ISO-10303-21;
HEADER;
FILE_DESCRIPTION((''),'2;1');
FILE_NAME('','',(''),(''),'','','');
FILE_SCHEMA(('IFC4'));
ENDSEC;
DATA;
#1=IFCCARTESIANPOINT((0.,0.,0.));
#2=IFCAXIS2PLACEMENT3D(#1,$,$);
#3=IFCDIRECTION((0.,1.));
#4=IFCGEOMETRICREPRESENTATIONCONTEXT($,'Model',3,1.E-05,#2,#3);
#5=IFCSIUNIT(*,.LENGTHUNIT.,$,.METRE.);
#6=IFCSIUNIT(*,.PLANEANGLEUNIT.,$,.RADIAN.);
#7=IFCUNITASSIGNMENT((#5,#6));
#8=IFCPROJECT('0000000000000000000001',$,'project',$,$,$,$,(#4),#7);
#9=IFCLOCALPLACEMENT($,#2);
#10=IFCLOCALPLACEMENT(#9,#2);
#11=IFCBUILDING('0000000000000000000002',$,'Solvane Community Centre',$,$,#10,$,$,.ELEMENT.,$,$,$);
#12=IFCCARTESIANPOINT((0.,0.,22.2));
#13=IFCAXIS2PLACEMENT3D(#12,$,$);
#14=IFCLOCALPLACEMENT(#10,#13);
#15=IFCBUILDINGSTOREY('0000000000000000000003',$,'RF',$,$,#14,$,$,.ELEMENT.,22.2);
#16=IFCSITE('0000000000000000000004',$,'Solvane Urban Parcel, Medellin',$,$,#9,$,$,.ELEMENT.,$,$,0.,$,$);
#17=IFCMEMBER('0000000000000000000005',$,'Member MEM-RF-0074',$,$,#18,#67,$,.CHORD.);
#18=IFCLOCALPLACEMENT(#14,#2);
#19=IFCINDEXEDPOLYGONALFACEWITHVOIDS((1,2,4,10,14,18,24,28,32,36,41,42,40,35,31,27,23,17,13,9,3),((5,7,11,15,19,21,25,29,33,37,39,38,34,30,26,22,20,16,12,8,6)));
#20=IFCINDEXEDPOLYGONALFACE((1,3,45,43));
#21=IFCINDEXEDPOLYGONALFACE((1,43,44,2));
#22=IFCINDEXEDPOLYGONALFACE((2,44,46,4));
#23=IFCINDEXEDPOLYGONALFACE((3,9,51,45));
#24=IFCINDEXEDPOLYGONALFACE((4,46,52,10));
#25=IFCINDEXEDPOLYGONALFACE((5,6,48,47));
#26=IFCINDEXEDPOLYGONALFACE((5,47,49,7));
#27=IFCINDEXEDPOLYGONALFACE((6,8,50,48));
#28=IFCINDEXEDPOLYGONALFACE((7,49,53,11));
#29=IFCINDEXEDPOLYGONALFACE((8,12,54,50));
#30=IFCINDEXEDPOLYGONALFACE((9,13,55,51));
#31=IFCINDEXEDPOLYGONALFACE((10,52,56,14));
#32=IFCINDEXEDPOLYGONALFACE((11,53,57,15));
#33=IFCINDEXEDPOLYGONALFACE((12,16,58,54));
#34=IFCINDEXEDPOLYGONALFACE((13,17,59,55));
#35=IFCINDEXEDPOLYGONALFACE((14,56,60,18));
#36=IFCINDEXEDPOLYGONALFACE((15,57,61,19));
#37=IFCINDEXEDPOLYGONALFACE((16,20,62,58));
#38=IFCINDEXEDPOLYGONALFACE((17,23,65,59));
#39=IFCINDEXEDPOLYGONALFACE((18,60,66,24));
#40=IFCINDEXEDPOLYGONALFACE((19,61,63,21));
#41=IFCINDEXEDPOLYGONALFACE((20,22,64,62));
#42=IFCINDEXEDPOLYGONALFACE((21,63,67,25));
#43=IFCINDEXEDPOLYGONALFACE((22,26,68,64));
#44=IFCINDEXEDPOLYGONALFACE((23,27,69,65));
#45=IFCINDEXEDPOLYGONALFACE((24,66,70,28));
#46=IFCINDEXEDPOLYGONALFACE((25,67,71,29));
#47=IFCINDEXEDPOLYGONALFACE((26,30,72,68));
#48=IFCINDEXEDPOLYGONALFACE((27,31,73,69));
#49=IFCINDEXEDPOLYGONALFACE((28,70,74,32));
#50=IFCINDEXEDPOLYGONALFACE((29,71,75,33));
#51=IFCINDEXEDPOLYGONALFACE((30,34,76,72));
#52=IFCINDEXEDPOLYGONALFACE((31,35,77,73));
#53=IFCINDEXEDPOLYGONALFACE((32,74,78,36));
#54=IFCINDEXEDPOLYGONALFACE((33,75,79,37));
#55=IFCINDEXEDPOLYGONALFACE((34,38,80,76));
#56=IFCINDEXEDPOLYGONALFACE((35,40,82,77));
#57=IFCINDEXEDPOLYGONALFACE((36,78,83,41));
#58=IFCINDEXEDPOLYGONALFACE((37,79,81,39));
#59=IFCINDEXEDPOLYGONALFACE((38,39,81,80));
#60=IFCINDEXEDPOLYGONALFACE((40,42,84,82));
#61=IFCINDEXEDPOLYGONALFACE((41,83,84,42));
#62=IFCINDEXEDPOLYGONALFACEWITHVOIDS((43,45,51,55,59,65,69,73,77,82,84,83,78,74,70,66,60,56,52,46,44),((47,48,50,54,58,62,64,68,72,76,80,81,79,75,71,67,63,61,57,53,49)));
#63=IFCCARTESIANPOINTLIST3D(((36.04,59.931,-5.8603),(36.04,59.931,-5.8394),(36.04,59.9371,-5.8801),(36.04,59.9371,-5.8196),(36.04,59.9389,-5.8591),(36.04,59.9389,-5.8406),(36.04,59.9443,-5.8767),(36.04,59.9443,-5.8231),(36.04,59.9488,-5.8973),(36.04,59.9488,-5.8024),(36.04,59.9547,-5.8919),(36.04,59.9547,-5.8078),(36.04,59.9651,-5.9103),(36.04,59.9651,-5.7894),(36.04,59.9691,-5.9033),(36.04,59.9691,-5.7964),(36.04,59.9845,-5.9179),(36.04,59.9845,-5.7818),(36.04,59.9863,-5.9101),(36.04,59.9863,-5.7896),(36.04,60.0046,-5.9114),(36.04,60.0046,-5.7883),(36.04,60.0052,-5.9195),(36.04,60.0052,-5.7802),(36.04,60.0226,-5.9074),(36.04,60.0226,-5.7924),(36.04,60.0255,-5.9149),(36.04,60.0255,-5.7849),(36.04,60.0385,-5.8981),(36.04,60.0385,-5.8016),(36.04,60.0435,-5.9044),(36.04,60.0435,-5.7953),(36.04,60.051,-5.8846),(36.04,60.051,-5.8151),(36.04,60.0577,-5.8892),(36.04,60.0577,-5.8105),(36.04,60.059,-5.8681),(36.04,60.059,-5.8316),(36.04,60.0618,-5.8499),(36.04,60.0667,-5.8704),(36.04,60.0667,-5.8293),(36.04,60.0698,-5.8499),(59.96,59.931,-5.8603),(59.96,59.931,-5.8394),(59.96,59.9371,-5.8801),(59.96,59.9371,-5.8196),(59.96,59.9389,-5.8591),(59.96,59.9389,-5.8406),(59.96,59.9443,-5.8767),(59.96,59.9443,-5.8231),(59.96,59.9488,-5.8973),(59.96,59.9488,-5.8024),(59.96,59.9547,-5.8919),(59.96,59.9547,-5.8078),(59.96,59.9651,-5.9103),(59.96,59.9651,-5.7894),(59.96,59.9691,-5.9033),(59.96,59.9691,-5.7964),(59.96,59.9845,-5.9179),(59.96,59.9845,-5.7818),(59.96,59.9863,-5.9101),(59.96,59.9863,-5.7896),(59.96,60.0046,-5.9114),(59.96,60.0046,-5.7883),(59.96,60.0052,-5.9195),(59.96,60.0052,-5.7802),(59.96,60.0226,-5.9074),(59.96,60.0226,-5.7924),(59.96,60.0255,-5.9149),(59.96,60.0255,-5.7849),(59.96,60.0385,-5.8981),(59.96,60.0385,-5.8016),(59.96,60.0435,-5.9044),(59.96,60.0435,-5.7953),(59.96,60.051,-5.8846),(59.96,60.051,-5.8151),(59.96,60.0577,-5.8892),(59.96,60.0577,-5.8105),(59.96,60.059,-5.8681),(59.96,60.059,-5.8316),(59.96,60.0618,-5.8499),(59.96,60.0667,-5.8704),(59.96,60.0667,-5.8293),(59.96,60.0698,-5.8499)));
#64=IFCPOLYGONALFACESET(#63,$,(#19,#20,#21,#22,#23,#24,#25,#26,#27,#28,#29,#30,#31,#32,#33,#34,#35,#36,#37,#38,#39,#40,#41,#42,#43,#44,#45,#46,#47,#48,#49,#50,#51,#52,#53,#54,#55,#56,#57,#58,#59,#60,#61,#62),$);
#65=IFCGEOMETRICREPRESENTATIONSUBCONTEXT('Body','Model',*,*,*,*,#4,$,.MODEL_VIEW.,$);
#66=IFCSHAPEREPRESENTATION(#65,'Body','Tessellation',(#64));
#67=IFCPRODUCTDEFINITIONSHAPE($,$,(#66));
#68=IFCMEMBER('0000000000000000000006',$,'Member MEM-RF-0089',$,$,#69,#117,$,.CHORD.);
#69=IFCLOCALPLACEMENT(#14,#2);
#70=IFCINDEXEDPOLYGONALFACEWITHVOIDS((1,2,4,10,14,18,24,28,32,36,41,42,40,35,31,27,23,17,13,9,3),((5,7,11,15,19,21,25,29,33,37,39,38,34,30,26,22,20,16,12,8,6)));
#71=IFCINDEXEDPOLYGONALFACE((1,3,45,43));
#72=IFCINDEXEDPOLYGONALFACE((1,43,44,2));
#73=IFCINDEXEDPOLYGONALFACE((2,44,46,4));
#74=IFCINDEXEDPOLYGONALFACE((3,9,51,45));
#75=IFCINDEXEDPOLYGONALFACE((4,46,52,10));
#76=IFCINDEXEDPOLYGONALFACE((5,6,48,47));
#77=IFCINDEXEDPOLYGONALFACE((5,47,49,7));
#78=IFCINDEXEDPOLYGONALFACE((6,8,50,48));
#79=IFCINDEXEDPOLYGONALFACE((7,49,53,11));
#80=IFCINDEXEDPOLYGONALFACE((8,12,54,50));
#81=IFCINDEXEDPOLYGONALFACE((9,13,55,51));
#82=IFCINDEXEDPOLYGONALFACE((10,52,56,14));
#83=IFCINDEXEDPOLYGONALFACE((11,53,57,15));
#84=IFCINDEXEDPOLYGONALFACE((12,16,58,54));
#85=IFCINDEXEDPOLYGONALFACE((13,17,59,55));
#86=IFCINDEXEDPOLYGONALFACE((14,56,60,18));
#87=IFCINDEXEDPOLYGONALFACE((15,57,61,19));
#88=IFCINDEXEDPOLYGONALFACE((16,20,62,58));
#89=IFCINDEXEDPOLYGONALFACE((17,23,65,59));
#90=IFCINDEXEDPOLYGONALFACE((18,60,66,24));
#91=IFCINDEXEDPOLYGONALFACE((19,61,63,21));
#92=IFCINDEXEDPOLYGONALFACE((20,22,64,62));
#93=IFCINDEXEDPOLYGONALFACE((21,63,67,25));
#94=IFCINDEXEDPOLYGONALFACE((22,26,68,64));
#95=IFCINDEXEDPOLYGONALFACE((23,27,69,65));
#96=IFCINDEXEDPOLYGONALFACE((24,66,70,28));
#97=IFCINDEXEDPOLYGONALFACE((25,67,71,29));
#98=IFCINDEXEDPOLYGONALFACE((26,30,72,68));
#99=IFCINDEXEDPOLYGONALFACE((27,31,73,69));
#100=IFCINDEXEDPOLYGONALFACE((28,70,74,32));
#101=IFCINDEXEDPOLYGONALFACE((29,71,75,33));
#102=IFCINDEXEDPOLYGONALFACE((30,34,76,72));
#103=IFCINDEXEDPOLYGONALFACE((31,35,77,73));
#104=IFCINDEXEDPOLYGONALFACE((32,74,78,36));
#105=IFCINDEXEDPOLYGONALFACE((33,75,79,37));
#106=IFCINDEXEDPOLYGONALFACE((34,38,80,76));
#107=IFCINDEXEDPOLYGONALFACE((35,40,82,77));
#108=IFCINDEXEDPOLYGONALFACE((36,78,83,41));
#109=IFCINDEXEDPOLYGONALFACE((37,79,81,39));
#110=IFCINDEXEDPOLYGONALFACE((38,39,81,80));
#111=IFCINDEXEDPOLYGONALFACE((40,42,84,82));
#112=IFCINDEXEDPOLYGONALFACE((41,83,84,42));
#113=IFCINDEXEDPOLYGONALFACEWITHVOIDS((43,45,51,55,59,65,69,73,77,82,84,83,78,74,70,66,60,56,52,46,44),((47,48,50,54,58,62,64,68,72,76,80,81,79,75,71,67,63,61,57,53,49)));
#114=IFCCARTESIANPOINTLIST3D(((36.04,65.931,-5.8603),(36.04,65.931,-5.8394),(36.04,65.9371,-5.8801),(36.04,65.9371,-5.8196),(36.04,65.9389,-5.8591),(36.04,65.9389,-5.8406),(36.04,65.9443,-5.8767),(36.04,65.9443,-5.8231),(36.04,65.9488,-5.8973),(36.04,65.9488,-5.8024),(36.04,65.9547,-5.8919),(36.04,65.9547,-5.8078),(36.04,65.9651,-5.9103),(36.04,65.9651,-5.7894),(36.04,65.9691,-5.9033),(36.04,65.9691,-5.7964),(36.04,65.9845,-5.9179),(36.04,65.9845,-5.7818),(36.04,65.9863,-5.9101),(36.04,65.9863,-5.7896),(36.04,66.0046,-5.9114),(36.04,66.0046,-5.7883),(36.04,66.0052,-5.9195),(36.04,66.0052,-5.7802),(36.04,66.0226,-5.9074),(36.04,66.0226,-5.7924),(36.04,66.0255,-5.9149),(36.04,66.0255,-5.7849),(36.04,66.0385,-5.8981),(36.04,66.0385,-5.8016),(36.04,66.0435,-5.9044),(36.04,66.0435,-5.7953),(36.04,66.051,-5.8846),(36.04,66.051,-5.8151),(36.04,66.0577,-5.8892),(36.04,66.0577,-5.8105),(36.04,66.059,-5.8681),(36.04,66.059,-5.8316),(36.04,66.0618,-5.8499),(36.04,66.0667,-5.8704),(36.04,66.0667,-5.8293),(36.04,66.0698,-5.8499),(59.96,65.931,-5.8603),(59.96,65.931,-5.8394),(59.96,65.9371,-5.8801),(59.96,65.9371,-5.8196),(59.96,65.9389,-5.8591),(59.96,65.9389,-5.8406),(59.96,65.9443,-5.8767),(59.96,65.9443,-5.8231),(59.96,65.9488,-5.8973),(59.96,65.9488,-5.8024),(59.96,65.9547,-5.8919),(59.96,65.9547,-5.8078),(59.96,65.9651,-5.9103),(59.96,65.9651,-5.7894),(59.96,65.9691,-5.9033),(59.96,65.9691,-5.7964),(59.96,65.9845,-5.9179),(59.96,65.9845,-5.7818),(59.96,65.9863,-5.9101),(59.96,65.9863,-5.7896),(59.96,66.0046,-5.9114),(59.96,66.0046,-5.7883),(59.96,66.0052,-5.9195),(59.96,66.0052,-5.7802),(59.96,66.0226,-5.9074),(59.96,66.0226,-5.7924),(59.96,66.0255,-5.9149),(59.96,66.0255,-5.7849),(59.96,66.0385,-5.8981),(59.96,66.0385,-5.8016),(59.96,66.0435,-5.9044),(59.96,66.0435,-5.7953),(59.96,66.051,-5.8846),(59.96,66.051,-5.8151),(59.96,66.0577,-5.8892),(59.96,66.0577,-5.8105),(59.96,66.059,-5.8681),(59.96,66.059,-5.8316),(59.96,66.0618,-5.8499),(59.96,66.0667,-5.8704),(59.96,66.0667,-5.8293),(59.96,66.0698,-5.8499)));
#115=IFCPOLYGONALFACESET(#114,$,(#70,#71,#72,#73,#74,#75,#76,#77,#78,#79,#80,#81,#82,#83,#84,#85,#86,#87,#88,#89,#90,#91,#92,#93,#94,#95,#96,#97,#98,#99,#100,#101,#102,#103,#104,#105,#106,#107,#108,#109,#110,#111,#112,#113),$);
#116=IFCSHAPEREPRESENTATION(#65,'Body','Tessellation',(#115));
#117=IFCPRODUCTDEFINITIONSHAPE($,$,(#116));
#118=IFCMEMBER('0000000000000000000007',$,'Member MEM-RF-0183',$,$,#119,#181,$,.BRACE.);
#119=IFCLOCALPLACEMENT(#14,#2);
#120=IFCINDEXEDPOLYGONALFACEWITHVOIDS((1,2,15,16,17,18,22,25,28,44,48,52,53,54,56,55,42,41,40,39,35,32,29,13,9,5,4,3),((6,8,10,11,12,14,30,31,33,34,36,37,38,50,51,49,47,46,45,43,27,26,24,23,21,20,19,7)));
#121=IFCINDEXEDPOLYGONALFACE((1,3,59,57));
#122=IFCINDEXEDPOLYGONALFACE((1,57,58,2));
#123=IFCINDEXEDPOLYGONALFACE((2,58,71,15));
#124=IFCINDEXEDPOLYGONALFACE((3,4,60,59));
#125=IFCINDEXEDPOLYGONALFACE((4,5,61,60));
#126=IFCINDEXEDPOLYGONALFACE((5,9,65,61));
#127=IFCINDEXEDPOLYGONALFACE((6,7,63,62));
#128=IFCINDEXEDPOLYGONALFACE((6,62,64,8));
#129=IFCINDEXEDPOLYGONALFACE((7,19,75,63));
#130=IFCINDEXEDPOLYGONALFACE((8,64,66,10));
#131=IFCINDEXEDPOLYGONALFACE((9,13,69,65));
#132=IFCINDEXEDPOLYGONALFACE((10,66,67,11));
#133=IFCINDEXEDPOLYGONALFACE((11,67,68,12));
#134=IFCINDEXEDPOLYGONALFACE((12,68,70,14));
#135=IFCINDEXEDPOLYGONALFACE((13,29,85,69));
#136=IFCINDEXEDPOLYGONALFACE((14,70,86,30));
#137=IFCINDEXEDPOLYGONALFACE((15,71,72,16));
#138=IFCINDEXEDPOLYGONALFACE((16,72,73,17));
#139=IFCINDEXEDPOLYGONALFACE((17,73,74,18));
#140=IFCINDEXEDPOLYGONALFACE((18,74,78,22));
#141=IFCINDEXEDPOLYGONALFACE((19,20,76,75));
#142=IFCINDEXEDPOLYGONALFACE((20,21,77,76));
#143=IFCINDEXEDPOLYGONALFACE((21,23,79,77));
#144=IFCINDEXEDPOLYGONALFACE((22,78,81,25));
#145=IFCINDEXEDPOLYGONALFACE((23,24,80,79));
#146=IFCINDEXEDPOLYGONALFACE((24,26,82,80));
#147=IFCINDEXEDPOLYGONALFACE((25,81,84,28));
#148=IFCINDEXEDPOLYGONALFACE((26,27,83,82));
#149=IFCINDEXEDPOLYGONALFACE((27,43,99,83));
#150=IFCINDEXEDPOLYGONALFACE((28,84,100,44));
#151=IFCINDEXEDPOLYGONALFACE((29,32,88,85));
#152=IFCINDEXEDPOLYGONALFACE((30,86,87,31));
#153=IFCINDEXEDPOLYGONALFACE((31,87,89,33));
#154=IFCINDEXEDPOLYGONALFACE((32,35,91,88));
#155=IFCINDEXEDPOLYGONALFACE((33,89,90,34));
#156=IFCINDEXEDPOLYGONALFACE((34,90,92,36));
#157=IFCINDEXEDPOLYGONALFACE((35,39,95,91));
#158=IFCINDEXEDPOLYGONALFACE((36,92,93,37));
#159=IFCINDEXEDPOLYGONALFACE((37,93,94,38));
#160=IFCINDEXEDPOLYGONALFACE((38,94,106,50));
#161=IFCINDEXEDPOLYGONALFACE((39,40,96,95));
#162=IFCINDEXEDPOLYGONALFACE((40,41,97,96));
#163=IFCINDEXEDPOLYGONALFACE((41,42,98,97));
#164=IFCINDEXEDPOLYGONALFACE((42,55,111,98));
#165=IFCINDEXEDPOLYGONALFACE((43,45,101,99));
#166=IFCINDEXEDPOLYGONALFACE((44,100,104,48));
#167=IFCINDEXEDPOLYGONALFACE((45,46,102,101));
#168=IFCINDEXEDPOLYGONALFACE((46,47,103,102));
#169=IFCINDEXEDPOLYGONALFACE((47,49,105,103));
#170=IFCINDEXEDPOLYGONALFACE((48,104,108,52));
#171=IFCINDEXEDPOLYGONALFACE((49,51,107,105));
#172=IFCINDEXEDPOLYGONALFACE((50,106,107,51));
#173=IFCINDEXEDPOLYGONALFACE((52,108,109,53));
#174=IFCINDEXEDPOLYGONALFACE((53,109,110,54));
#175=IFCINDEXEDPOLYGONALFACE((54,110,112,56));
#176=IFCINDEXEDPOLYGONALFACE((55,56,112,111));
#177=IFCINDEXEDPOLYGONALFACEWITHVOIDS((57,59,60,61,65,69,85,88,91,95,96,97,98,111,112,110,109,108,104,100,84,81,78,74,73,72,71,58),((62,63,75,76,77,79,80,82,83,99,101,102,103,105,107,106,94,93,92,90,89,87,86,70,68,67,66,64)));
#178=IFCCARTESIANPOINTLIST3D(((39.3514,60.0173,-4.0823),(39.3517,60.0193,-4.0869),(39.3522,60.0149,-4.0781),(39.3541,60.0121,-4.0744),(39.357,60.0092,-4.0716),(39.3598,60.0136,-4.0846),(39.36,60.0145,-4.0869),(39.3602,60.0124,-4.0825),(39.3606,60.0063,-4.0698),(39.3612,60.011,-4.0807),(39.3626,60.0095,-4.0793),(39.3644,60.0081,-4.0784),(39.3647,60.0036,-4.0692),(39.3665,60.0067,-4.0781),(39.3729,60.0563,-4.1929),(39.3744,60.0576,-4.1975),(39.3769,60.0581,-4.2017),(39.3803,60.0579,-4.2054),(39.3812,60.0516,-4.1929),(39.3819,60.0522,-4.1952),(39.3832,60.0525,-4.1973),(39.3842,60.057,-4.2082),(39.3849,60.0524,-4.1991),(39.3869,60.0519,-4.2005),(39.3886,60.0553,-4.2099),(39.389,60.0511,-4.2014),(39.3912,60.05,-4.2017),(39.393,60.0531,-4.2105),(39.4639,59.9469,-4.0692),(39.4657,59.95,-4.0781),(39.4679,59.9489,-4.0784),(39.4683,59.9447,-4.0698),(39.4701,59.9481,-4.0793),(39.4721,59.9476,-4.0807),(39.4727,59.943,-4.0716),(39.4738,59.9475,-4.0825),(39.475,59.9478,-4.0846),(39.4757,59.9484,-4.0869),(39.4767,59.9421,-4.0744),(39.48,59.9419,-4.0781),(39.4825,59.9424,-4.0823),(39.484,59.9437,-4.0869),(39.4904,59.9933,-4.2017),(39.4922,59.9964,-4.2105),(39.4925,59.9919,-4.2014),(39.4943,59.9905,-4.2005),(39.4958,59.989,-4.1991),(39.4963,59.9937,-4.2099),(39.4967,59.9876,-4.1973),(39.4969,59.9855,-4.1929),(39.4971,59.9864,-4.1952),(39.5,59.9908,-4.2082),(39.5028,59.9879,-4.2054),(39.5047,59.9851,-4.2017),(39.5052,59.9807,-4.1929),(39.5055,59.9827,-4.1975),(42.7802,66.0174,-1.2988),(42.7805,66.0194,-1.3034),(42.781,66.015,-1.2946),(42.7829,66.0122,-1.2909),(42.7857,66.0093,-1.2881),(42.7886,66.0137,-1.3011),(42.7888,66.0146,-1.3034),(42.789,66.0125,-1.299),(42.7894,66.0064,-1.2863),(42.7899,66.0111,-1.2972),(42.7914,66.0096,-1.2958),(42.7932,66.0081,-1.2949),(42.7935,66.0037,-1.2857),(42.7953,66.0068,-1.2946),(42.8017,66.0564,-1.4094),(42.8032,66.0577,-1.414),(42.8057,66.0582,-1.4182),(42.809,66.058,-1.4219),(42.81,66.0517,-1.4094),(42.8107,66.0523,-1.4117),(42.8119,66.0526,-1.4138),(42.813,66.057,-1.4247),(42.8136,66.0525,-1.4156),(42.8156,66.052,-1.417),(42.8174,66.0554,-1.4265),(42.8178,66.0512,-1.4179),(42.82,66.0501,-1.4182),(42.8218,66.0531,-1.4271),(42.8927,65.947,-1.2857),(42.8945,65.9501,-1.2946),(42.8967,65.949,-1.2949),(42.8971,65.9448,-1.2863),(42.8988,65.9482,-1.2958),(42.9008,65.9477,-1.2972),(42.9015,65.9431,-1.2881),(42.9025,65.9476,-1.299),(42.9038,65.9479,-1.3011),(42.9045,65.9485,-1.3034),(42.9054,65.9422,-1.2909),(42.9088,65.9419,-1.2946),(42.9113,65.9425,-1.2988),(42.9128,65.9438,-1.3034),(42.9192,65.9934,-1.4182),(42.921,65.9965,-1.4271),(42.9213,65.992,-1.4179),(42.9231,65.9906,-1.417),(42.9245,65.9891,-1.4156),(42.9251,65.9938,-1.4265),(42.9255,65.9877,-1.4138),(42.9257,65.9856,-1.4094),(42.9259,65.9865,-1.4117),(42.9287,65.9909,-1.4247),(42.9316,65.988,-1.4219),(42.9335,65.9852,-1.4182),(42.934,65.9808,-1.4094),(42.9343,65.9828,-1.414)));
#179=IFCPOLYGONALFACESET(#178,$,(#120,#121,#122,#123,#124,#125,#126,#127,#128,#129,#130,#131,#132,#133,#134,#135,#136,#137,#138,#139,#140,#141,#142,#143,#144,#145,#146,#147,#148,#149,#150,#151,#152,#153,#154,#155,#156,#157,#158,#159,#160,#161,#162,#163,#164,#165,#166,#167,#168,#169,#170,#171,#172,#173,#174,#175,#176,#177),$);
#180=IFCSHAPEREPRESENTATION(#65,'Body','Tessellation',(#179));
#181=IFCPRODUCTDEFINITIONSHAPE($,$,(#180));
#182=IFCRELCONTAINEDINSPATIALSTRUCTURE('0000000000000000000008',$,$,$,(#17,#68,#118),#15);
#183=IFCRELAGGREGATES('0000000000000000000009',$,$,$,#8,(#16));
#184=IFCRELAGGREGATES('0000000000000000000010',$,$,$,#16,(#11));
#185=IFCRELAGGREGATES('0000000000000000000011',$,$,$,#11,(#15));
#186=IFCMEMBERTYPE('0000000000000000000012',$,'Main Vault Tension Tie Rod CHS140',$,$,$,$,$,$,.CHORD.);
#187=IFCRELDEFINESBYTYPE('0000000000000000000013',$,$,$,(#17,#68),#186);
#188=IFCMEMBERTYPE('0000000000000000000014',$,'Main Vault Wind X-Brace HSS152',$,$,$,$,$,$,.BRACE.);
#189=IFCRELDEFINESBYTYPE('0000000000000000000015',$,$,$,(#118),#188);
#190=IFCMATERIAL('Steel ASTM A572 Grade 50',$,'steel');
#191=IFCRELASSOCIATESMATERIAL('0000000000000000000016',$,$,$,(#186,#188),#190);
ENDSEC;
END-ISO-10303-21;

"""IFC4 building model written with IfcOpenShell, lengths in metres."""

from ifc_helpers import new_model, si_unit, direction, frame, origin, origin_2d, place, context, subcontext, project, spatial, hollow_rectangle, hollow_circle, extrude, material, material_profile, profile_set, type_object, element, save


model = new_model("IFC4")

# Units and contexts
model_context = context("Model", 3, precision=1e-05, world=origin(), true_north=direction((0.0, 1.0)))
body_context = subcontext(model_context, "Body", "Model", "MODEL_VIEW")
ifc_project = project(units=[si_unit("LENGTHUNIT", "METRE"), si_unit("PLANEANGLEUNIT", "RADIAN")], contexts=[model_context])

# Site, building, storey
site_placement = place(None, origin())
site = spatial("IfcSite", under=ifc_project, at=site_placement, Name="Solvane Urban Parcel, Medellin", CompositionType="ELEMENT", RefElevation=0.0)
building_placement = place(site_placement, origin())
building = spatial("IfcBuilding", under=site, at=building_placement, Name="Solvane Community Centre", CompositionType="ELEMENT")
storey_placement = place(building_placement, frame((0.0, 0.0, 22.2)))
storey = spatial("IfcBuildingStorey", under=building, at=storey_placement, Name="RF", CompositionType="ELEMENT", Elevation=22.2)

# Members
ifc_material_1 = material(Name="Steel ASTM A572 Grade 50", Category="steel")
ifc_material_profile_1 = material_profile(ifc_material_1, hollow_circle(Radius=0.0698, WallThickness=0.0081, at=origin_2d()), Name="CHS 139.7x8.0")
ifc_profile_set_1 = profile_set([ifc_material_profile_1], Name="Steel ASTM A572 Grade 50")
member_type_1 = type_object("IfcMemberType", Name="Main Vault Tension Tie Rod CHS140", PredefinedType="CHORD", material=ifc_profile_set_1)
for number, where, z_axis, x_axis, name in (
    (1, (36.04, 60.0, -5.8499), (1.0, 0.0, 0.0), (0.0, 1.0, 0.0), "Member MEM-RF-0074"),
    (2, (36.04, 66.0, -5.8499), (1.0, 0.0, 0.0), (0.0, 1.0, 0.0), "Member MEM-RF-0089"),
):
    element("IfcMember", number, at=place(storey_placement, frame(where, z_axis=z_axis, x_axis=x_axis)), inside=storey, type_object=member_type_1, Name=name, PredefinedType="CHORD", context=body_context, shape_type="SweptSolid", body=[
        extrude(hollow_circle(Radius=0.0698, WallThickness=0.0081, at=origin_2d()), origin(), (0.0, 0.0, 1.0), 23.9199),
    ])
ifc_material_profile_2 = material_profile(ifc_material_1, hollow_rectangle(XDim=0.1523, YDim=0.1523, WallThickness=0.0095, InnerFilletRadius=0.0095, OuterFilletRadius=0.019, at=origin_2d()), Name="HSS 152x152x9.5")
ifc_profile_set_2 = profile_set([ifc_material_profile_2], Name="Steel ASTM A572 Grade 50")
member_type_2 = type_object("IfcMemberType", Name="Main Vault Wind X-Brace HSS152", PredefinedType="BRACE", material=ifc_profile_set_2)
member_1_placement = place(storey_placement, frame((39.4285, 60.0, -4.1399), z_axis=(0.460225, 0.805361, 0.373613), x_axis=(-0.868234, 0.496154, 0.0)))
element("IfcMember", 3, at=member_1_placement, inside=storey, type_object=member_type_2, Name="Member MEM-RF-0183", PredefinedType="BRACE", context=body_context, shape_type="SweptSolid", body=[
    extrude(hollow_rectangle(XDim=0.1523, YDim=0.1523, WallThickness=0.0095, InnerFilletRadius=0.0095, OuterFilletRadius=0.019, at=origin_2d()), origin(), (0.0, 0.0, 1.0), 7.4502),
])

save(model, "model.ifc")
